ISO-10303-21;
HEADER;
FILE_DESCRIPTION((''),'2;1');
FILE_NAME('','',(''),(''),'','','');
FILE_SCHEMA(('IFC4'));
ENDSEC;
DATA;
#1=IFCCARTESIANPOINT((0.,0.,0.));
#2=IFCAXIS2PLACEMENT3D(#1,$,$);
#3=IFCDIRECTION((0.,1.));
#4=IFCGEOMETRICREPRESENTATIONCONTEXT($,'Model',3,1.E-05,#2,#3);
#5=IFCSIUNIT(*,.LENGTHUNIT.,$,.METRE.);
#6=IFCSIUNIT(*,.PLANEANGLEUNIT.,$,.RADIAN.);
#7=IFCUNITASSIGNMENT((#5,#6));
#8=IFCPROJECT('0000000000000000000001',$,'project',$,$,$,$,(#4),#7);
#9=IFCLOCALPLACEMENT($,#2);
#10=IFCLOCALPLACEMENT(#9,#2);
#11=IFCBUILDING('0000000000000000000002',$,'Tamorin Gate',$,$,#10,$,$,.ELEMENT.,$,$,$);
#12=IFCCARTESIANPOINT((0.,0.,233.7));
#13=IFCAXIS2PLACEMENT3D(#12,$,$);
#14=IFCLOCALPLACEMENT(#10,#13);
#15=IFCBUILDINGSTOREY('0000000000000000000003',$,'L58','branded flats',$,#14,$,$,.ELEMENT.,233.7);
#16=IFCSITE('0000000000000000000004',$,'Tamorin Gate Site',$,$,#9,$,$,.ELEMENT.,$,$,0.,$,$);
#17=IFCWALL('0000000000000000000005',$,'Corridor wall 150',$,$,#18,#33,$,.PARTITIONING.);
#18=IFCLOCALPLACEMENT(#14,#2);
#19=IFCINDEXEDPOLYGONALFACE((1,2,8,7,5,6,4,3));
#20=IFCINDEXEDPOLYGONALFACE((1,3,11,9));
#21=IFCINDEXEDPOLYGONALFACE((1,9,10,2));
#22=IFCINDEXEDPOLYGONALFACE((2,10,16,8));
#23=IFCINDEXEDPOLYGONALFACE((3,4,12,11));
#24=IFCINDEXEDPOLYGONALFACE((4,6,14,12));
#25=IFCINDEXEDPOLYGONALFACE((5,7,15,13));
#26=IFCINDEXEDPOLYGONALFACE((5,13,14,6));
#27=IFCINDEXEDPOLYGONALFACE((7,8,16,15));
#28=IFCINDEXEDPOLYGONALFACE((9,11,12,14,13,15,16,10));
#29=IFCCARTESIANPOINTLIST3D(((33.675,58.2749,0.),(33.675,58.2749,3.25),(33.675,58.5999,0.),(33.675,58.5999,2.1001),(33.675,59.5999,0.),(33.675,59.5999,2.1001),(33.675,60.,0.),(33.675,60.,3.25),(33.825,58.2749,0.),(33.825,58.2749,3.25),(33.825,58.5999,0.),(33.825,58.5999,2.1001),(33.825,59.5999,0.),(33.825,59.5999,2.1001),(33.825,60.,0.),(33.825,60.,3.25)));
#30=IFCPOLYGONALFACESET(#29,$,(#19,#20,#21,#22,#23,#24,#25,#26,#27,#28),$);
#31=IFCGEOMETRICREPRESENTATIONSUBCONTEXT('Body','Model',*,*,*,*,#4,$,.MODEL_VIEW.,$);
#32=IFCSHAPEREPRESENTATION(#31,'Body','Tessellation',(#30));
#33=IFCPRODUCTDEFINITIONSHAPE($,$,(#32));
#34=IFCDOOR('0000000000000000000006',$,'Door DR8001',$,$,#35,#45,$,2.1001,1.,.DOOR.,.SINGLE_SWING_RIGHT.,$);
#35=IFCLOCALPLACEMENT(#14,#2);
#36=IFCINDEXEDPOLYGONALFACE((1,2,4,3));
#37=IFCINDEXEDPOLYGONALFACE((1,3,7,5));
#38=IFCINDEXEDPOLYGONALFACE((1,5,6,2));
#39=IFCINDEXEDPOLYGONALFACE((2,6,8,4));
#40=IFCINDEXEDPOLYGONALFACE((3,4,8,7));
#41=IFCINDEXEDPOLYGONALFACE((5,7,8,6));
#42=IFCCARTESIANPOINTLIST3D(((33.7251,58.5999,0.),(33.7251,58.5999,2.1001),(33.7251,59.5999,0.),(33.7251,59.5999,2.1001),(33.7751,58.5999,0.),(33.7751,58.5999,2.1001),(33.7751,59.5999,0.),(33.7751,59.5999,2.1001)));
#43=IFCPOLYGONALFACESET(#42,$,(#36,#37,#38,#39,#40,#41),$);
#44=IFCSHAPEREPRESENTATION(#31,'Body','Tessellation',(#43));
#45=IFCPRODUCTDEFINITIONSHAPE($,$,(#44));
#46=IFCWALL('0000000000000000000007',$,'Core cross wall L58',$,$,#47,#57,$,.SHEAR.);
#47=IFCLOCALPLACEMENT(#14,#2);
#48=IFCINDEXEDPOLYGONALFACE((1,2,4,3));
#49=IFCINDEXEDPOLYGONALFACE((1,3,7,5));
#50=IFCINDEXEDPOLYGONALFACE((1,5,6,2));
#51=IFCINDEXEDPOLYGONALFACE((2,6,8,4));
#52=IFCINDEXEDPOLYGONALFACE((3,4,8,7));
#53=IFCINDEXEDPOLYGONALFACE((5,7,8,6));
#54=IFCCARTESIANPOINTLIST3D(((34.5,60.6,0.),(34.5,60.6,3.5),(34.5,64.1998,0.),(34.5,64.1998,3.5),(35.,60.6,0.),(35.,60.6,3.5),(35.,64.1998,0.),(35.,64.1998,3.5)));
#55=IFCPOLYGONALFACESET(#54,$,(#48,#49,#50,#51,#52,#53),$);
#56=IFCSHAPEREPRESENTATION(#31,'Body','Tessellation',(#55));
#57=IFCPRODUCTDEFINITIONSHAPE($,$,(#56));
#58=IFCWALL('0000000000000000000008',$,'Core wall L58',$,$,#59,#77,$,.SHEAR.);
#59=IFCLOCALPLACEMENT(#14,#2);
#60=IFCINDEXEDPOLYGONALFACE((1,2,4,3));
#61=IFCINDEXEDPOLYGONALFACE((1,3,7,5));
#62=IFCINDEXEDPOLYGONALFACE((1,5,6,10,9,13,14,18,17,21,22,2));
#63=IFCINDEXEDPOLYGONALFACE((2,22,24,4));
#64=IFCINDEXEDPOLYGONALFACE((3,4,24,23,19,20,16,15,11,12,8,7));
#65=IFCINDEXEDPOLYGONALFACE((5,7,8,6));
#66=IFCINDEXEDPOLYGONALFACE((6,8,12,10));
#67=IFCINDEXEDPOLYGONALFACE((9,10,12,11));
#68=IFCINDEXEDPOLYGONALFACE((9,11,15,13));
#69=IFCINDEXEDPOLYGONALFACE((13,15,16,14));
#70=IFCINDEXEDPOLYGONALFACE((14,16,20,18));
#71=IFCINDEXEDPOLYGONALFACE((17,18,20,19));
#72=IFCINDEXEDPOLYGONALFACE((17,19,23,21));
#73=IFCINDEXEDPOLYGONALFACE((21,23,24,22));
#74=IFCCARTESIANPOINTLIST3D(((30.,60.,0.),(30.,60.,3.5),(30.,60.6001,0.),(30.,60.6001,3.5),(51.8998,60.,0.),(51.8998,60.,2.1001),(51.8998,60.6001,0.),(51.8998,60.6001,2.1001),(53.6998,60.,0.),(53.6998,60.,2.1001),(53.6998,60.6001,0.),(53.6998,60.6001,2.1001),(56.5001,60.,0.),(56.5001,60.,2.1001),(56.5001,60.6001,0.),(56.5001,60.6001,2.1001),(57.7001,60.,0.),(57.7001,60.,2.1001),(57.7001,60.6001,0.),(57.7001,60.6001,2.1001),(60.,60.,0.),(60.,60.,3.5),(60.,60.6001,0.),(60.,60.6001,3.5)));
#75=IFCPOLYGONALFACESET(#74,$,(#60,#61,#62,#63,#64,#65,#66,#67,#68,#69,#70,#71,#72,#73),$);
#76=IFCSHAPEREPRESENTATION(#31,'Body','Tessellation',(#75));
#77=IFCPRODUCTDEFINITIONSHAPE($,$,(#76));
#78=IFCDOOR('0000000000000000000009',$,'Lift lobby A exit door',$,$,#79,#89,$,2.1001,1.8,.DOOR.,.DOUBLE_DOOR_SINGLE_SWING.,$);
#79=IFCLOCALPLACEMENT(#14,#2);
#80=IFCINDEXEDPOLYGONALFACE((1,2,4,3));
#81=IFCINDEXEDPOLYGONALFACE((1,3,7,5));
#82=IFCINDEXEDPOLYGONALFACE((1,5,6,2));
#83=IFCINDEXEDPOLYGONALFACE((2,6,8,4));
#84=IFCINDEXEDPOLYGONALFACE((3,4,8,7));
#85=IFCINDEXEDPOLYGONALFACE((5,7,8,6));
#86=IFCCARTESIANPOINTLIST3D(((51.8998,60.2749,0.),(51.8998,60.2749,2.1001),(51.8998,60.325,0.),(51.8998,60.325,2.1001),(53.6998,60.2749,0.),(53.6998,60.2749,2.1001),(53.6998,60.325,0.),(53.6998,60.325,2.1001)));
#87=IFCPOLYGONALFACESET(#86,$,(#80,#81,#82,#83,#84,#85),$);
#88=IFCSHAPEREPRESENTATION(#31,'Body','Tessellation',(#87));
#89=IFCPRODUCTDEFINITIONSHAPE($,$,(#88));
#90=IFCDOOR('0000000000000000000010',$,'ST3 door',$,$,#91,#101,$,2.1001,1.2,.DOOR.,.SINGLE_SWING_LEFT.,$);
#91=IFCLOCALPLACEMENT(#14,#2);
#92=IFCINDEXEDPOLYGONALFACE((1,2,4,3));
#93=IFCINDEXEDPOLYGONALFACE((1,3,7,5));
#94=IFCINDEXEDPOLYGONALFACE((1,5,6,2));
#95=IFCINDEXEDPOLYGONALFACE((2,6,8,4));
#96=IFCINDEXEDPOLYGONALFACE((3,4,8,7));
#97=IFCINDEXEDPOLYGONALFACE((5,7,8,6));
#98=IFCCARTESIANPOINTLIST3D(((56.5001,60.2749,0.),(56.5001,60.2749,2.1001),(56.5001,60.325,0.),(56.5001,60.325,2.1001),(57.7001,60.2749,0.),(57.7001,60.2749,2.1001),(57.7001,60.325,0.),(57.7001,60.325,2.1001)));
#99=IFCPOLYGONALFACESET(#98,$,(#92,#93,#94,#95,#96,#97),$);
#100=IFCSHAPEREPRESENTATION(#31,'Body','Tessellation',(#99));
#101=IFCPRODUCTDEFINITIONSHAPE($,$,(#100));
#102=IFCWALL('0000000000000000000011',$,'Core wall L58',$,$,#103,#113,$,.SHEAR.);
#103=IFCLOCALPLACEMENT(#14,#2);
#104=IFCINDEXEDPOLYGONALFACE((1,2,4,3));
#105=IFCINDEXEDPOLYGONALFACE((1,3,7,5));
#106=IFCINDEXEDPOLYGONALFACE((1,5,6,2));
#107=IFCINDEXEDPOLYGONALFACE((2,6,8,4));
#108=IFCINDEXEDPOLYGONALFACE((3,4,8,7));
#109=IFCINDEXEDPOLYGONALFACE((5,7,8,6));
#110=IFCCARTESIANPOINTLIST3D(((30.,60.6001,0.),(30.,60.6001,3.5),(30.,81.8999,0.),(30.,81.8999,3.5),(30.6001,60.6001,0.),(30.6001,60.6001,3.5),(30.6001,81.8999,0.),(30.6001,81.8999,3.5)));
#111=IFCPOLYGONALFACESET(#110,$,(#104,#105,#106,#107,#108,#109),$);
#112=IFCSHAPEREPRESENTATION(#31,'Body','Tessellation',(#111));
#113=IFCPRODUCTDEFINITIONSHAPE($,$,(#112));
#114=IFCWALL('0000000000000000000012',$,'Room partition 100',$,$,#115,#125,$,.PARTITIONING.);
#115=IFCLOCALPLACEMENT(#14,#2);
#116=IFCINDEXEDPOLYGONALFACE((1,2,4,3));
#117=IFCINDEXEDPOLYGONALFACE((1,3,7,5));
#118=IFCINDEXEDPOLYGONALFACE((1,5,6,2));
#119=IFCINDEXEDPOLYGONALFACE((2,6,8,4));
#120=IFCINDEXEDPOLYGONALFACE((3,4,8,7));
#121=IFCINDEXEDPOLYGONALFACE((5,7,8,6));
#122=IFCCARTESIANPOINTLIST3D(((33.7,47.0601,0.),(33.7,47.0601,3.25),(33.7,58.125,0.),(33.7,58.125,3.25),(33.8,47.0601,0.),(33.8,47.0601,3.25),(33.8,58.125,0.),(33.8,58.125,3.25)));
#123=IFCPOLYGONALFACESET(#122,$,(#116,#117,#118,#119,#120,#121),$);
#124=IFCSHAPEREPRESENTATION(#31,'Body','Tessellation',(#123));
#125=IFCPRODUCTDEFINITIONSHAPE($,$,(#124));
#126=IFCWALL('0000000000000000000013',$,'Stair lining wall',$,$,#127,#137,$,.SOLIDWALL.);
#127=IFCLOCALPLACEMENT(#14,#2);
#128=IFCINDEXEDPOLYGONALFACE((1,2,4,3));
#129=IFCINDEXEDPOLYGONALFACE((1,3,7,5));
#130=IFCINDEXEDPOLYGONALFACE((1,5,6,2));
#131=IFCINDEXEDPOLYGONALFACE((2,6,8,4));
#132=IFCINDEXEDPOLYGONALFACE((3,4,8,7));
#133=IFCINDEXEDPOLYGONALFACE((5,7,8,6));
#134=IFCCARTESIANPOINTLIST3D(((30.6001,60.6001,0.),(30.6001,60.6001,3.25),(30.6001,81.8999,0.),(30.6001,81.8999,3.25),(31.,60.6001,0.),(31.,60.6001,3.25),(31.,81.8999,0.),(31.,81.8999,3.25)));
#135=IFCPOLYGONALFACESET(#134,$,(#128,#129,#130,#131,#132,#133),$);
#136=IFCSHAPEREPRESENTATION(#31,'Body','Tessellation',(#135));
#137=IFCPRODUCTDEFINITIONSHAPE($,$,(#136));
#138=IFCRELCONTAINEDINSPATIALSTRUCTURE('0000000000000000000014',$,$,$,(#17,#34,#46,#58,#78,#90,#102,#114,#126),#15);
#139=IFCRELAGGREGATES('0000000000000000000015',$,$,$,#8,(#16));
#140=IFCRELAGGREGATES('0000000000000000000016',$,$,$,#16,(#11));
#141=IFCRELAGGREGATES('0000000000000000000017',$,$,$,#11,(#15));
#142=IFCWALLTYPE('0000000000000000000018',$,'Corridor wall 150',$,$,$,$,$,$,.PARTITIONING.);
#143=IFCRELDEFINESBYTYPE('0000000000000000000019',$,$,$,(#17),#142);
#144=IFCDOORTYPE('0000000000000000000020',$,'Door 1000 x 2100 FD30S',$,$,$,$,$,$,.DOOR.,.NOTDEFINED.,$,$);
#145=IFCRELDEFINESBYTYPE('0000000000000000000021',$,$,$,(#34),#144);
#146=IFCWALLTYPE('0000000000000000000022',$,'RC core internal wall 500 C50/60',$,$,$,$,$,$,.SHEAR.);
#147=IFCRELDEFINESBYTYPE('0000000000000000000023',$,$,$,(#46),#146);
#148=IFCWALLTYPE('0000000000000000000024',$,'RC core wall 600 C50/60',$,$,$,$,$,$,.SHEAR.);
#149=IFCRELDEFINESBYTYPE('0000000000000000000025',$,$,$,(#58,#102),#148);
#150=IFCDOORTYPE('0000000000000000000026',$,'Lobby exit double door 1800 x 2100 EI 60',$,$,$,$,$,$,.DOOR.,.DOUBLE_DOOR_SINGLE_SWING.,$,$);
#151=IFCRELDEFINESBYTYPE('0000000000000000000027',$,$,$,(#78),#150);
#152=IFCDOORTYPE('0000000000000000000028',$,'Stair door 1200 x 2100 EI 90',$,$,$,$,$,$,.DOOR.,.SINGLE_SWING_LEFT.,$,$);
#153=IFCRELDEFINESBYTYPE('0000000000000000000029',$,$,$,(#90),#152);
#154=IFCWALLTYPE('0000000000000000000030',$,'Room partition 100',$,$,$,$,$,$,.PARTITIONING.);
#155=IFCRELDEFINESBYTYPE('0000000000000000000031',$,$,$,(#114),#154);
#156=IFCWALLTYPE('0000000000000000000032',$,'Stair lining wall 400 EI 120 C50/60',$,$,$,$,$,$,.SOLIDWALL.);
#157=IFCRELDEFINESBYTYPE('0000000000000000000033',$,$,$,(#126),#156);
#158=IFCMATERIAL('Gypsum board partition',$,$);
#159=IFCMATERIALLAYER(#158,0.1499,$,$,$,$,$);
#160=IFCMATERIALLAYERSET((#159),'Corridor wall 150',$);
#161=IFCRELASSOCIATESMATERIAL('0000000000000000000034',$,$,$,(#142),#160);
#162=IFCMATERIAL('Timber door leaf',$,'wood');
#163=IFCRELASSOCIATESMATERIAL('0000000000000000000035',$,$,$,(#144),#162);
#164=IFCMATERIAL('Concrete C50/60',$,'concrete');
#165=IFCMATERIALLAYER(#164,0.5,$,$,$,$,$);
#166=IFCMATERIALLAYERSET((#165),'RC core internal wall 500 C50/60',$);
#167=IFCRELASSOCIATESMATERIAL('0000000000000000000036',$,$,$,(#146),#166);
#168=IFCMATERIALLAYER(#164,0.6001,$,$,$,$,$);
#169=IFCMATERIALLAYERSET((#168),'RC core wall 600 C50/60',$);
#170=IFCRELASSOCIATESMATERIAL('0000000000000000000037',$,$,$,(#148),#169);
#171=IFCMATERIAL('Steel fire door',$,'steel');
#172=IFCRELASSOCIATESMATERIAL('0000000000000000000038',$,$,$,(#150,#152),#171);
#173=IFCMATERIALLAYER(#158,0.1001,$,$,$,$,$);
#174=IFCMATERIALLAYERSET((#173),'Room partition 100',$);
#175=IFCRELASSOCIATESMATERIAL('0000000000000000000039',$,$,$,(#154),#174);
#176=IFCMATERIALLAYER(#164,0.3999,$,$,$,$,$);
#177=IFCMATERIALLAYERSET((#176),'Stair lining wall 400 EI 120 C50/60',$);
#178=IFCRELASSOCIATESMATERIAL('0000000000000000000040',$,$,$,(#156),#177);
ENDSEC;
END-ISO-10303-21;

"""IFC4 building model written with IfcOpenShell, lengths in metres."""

from ifc_helpers import new_model, si_unit, direction, frame, frame_2d, origin, place, context, subcontext, project, spatial, rectangle, extrude, material, layer, layer_set, type_object, element, fill, save


model = new_model("IFC4")

# Units and contexts
model_context = context("Model", 3, precision=1e-05, world=origin(), true_north=direction((0.0, 1.0)))
body_context = subcontext(model_context, "Body", "Model", "MODEL_VIEW")
ifc_project = project(units=[si_unit("LENGTHUNIT", "METRE"), si_unit("PLANEANGLEUNIT", "RADIAN")], contexts=[model_context])

# Site, building, storey
site_placement = place(None, origin())
site = spatial("IfcSite", under=ifc_project, at=site_placement, Name="Tamorin Gate Site", CompositionType="ELEMENT", RefElevation=0.0)
building_placement = place(site_placement, origin())
building = spatial("IfcBuilding", under=site, at=building_placement, Name="Tamorin Gate", CompositionType="ELEMENT")
storey_placement = place(building_placement, frame((0.0, 0.0, 233.7)))
storey = spatial("IfcBuildingStorey", under=building, at=storey_placement, Name="L58", Description="branded flats", CompositionType="ELEMENT", Elevation=233.7)

# Shared definitions
ifc_material_1 = material(Name="Concrete C50/60", Category="concrete")

# Shared definitions
ifc_material_2 = material(Name="Gypsum board partition")
ifc_layer_1 = layer(ifc_material_2, 0.1499)
ifc_layer_set_1 = layer_set([ifc_layer_1], Name="Corridor wall 150")
wall_type_1 = type_object("IfcWallType", Name="Corridor wall 150", PredefinedType="PARTITIONING", material=ifc_layer_set_1)
ifc_material_3 = material(Name="Timber door leaf", Category="wood")
door_type_1 = type_object("IfcDoorType", Name="Door 1000 x 2100 FD30S", OperationType="NOTDEFINED", PredefinedType="DOOR", material=ifc_material_3)

# Wall, opening, door
wall_1_placement = place(storey_placement, frame((33.75, 58.2749, 0.0), z_axis=(0.0, 0.0, 1.0), x_axis=(0.0, 1.0, 0.0)))
wall_1 = element("IfcWall", 1, at=wall_1_placement, inside=storey, type_object=wall_type_1, Name="Corridor wall 150", PredefinedType="PARTITIONING", context=body_context, shape_type="SweptSolid", body=[
    extrude(rectangle(XDim=1.7251, YDim=0.1499, at=frame_2d((0.8625, 0.0))), origin(), (0.0, 0.0, 1.0), 3.25),
])
opening_1_placement = place(wall_1_placement, frame((0.325, 0.0, 0.0)))
opening_1 = element("IfcOpeningElement", 2, at=opening_1_placement, cuts=wall_1, PredefinedType="OPENING", context=body_context, shape_type="SweptSolid", body=[
    extrude(rectangle(XDim=1.0, YDim=2.1001, at=frame_2d((0.5, 1.05))), frame((0.0, 0.085, 0.0), z_axis=(0.0, -1.0, 0.0), x_axis=(1.0, 0.0, 0.0)), (0.0, 0.0, 1.0), 0.1699),
])
door_1_placement = place(opening_1_placement, origin())
door_1 = element("IfcDoor", 3, at=door_1_placement, inside=storey, type_object=door_type_1, Name="Door DR8001", OperationType="SINGLE_SWING_RIGHT", OverallHeight=2.1001, OverallWidth=1.0, PredefinedType="DOOR", context=body_context, shape_type="SweptSolid", body=[
    extrude(rectangle(XDim=1.0, YDim=2.1001, at=frame_2d((0.5, 1.05))), frame((0.0, 0.0249, 0.0), z_axis=(0.0, -1.0, 0.0), x_axis=(1.0, 0.0, 0.0)), (0.0, 0.0, 1.0), 0.05),
])
fill(opening_1, door_1)

# Wall
ifc_layer_2 = layer(ifc_material_1, 0.5)
ifc_layer_set_2 = layer_set([ifc_layer_2], Name="RC core internal wall 500 C50/60")
wall_type_2 = type_object("IfcWallType", Name="RC core internal wall 500 C50/60", PredefinedType="SHEAR", material=ifc_layer_set_2)
wall_2_placement = place(storey_placement, frame((34.75, 60.6001, 0.0), z_axis=(0.0, 0.0, 1.0), x_axis=(0.0, 1.0, 0.0)))
element("IfcWall", 4, at=wall_2_placement, inside=storey, type_object=wall_type_2, Name="Core cross wall L58", PredefinedType="SHEAR", context=body_context, shape_type="SweptSolid", body=[
    extrude(rectangle(XDim=3.5999, YDim=0.5, at=frame_2d((1.7998, 0.0))), origin(), (0.0, 0.0, 1.0), 3.5),
])

# Wall, openings, doors
ifc_layer_3 = layer(ifc_material_1, 0.6001)
ifc_layer_set_3 = layer_set([ifc_layer_3], Name="RC core wall 600 C50/60")
wall_type_3 = type_object("IfcWallType", Name="RC core wall 600 C50/60", PredefinedType="SHEAR", material=ifc_layer_set_3)
wall_3_placement = place(storey_placement, frame((30.0, 60.3, 0.0), z_axis=(0.0, 0.0, 1.0), x_axis=(1.0, 0.0, 0.0)))
wall_3 = element("IfcWall", 5, at=wall_3_placement, inside=storey, type_object=wall_type_3, Name="Core wall L58", PredefinedType="SHEAR", context=body_context, shape_type="SweptSolid", body=[
    extrude(rectangle(XDim=30.0, YDim=0.6001, at=frame_2d((15.0, 0.0))), origin(), (0.0, 0.0, 1.0), 3.5),
])
opening_2_placement = place(wall_3_placement, frame((21.8999, 0.0, 0.0)))
opening_2 = element("IfcOpeningElement", 6, at=opening_2_placement, cuts=wall_3, PredefinedType="OPENING", context=body_context, shape_type="SweptSolid", body=[
    extrude(rectangle(XDim=1.8, YDim=2.1001, at=frame_2d((0.8999, 1.05))), frame((0.0, 0.3101, 0.0), z_axis=(0.0, -1.0, 0.0), x_axis=(1.0, 0.0, 0.0)), (0.0, 0.0, 1.0), 0.6201),
])
opening_3_placement = place(wall_3_placement, frame((26.5, 0.0, 0.0)))
opening_3 = element("IfcOpeningElement", 7, at=opening_3_placement, cuts=wall_3, PredefinedType="OPENING", context=body_context, shape_type="SweptSolid", body=[
    extrude(rectangle(XDim=1.2, YDim=2.1001, at=frame_2d((0.6001, 1.05))), frame((0.0, 0.3101, 0.0), z_axis=(0.0, -1.0, 0.0), x_axis=(1.0, 0.0, 0.0)), (0.0, 0.0, 1.0), 0.6201),
])
ifc_material_4 = material(Name="Steel fire door", Category="steel")
door_type_2 = type_object("IfcDoorType", Name="Lobby exit double door 1800 x 2100 EI 60", OperationType="DOUBLE_DOOR_SINGLE_SWING", PredefinedType="DOOR", material=ifc_material_4)
door_2_placement = place(opening_2_placement, origin())
door_2 = element("IfcDoor", 8, at=door_2_placement, inside=storey, type_object=door_type_2, Name="Lift lobby A exit door", OperationType="DOUBLE_DOOR_SINGLE_SWING", OverallHeight=2.1001, OverallWidth=1.8, PredefinedType="DOOR", context=body_context, shape_type="SweptSolid", body=[
    extrude(rectangle(XDim=1.8, YDim=2.1001, at=frame_2d((0.8999, 1.05))), frame((0.0, 0.0249, 0.0), z_axis=(0.0, -1.0, 0.0), x_axis=(1.0, 0.0, 0.0)), (0.0, 0.0, 1.0), 0.05),
])
fill(opening_2, door_2)
door_type_3 = type_object("IfcDoorType", Name="Stair door 1200 x 2100 EI 90", OperationType="SINGLE_SWING_LEFT", PredefinedType="DOOR", material=ifc_material_4)
door_3_placement = place(opening_3_placement, origin())
door_3 = element("IfcDoor", 9, at=door_3_placement, inside=storey, type_object=door_type_3, Name="ST3 door", OperationType="SINGLE_SWING_LEFT", OverallHeight=2.1001, OverallWidth=1.2, PredefinedType="DOOR", context=body_context, shape_type="SweptSolid", body=[
    extrude(rectangle(XDim=1.2, YDim=2.1001, at=frame_2d((0.6001, 1.05))), frame((0.0, 0.0249, 0.0), z_axis=(0.0, -1.0, 0.0), x_axis=(1.0, 0.0, 0.0)), (0.0, 0.0, 1.0), 0.05),
])
fill(opening_3, door_3)

# Walls
wall_4_placement = place(storey_placement, frame((30.3, 60.6001, 0.0), z_axis=(0.0, 0.0, 1.0), x_axis=(0.0, 1.0, 0.0)))
element("IfcWall", 10, at=wall_4_placement, inside=storey, type_object=wall_type_3, Name="Core wall L58", PredefinedType="SHEAR", context=body_context, shape_type="SweptSolid", body=[
    extrude(rectangle(XDim=21.2998, YDim=0.6001, at=frame_2d((10.6499, 0.0))), origin(), (0.0, 0.0, 1.0), 3.5),
])
ifc_layer_4 = layer(ifc_material_2, 0.1001)
ifc_layer_set_4 = layer_set([ifc_layer_4], Name="Room partition 100")
wall_type_4 = type_object("IfcWallType", Name="Room partition 100", PredefinedType="PARTITIONING", material=ifc_layer_set_4)
wall_5_placement = place(storey_placement, frame((33.75, 47.0601, 0.0), z_axis=(0.0, 0.0, 1.0), x_axis=(0.0, 1.0, 0.0)))
element("IfcWall", 11, at=wall_5_placement, inside=storey, type_object=wall_type_4, Name="Room partition 100", PredefinedType="PARTITIONING", context=body_context, shape_type="SweptSolid", body=[
    extrude(rectangle(XDim=11.0649, YDim=0.1001, at=frame_2d((5.5325, 0.0))), origin(), (0.0, 0.0, 1.0), 3.25),
])
ifc_layer_5 = layer(ifc_material_1, 0.3999)
ifc_layer_set_5 = layer_set([ifc_layer_5], Name="Stair lining wall 400 EI 120 C50/60")
wall_type_5 = type_object("IfcWallType", Name="Stair lining wall 400 EI 120 C50/60", PredefinedType="SOLIDWALL", material=ifc_layer_set_5)
wall_6_placement = place(storey_placement, frame((30.8, 60.6001, 0.0), z_axis=(0.0, 0.0, 1.0), x_axis=(0.0, 1.0, 0.0)))
element("IfcWall", 12, at=wall_6_placement, inside=storey, type_object=wall_type_5, Name="Stair lining wall", PredefinedType="SOLIDWALL", context=body_context, shape_type="SweptSolid", body=[
    extrude(rectangle(XDim=21.2998, YDim=0.3999, at=frame_2d((10.6499, 0.0))), origin(), (0.0, 0.0, 1.0), 3.25),
])

save(model, "model.ifc")
